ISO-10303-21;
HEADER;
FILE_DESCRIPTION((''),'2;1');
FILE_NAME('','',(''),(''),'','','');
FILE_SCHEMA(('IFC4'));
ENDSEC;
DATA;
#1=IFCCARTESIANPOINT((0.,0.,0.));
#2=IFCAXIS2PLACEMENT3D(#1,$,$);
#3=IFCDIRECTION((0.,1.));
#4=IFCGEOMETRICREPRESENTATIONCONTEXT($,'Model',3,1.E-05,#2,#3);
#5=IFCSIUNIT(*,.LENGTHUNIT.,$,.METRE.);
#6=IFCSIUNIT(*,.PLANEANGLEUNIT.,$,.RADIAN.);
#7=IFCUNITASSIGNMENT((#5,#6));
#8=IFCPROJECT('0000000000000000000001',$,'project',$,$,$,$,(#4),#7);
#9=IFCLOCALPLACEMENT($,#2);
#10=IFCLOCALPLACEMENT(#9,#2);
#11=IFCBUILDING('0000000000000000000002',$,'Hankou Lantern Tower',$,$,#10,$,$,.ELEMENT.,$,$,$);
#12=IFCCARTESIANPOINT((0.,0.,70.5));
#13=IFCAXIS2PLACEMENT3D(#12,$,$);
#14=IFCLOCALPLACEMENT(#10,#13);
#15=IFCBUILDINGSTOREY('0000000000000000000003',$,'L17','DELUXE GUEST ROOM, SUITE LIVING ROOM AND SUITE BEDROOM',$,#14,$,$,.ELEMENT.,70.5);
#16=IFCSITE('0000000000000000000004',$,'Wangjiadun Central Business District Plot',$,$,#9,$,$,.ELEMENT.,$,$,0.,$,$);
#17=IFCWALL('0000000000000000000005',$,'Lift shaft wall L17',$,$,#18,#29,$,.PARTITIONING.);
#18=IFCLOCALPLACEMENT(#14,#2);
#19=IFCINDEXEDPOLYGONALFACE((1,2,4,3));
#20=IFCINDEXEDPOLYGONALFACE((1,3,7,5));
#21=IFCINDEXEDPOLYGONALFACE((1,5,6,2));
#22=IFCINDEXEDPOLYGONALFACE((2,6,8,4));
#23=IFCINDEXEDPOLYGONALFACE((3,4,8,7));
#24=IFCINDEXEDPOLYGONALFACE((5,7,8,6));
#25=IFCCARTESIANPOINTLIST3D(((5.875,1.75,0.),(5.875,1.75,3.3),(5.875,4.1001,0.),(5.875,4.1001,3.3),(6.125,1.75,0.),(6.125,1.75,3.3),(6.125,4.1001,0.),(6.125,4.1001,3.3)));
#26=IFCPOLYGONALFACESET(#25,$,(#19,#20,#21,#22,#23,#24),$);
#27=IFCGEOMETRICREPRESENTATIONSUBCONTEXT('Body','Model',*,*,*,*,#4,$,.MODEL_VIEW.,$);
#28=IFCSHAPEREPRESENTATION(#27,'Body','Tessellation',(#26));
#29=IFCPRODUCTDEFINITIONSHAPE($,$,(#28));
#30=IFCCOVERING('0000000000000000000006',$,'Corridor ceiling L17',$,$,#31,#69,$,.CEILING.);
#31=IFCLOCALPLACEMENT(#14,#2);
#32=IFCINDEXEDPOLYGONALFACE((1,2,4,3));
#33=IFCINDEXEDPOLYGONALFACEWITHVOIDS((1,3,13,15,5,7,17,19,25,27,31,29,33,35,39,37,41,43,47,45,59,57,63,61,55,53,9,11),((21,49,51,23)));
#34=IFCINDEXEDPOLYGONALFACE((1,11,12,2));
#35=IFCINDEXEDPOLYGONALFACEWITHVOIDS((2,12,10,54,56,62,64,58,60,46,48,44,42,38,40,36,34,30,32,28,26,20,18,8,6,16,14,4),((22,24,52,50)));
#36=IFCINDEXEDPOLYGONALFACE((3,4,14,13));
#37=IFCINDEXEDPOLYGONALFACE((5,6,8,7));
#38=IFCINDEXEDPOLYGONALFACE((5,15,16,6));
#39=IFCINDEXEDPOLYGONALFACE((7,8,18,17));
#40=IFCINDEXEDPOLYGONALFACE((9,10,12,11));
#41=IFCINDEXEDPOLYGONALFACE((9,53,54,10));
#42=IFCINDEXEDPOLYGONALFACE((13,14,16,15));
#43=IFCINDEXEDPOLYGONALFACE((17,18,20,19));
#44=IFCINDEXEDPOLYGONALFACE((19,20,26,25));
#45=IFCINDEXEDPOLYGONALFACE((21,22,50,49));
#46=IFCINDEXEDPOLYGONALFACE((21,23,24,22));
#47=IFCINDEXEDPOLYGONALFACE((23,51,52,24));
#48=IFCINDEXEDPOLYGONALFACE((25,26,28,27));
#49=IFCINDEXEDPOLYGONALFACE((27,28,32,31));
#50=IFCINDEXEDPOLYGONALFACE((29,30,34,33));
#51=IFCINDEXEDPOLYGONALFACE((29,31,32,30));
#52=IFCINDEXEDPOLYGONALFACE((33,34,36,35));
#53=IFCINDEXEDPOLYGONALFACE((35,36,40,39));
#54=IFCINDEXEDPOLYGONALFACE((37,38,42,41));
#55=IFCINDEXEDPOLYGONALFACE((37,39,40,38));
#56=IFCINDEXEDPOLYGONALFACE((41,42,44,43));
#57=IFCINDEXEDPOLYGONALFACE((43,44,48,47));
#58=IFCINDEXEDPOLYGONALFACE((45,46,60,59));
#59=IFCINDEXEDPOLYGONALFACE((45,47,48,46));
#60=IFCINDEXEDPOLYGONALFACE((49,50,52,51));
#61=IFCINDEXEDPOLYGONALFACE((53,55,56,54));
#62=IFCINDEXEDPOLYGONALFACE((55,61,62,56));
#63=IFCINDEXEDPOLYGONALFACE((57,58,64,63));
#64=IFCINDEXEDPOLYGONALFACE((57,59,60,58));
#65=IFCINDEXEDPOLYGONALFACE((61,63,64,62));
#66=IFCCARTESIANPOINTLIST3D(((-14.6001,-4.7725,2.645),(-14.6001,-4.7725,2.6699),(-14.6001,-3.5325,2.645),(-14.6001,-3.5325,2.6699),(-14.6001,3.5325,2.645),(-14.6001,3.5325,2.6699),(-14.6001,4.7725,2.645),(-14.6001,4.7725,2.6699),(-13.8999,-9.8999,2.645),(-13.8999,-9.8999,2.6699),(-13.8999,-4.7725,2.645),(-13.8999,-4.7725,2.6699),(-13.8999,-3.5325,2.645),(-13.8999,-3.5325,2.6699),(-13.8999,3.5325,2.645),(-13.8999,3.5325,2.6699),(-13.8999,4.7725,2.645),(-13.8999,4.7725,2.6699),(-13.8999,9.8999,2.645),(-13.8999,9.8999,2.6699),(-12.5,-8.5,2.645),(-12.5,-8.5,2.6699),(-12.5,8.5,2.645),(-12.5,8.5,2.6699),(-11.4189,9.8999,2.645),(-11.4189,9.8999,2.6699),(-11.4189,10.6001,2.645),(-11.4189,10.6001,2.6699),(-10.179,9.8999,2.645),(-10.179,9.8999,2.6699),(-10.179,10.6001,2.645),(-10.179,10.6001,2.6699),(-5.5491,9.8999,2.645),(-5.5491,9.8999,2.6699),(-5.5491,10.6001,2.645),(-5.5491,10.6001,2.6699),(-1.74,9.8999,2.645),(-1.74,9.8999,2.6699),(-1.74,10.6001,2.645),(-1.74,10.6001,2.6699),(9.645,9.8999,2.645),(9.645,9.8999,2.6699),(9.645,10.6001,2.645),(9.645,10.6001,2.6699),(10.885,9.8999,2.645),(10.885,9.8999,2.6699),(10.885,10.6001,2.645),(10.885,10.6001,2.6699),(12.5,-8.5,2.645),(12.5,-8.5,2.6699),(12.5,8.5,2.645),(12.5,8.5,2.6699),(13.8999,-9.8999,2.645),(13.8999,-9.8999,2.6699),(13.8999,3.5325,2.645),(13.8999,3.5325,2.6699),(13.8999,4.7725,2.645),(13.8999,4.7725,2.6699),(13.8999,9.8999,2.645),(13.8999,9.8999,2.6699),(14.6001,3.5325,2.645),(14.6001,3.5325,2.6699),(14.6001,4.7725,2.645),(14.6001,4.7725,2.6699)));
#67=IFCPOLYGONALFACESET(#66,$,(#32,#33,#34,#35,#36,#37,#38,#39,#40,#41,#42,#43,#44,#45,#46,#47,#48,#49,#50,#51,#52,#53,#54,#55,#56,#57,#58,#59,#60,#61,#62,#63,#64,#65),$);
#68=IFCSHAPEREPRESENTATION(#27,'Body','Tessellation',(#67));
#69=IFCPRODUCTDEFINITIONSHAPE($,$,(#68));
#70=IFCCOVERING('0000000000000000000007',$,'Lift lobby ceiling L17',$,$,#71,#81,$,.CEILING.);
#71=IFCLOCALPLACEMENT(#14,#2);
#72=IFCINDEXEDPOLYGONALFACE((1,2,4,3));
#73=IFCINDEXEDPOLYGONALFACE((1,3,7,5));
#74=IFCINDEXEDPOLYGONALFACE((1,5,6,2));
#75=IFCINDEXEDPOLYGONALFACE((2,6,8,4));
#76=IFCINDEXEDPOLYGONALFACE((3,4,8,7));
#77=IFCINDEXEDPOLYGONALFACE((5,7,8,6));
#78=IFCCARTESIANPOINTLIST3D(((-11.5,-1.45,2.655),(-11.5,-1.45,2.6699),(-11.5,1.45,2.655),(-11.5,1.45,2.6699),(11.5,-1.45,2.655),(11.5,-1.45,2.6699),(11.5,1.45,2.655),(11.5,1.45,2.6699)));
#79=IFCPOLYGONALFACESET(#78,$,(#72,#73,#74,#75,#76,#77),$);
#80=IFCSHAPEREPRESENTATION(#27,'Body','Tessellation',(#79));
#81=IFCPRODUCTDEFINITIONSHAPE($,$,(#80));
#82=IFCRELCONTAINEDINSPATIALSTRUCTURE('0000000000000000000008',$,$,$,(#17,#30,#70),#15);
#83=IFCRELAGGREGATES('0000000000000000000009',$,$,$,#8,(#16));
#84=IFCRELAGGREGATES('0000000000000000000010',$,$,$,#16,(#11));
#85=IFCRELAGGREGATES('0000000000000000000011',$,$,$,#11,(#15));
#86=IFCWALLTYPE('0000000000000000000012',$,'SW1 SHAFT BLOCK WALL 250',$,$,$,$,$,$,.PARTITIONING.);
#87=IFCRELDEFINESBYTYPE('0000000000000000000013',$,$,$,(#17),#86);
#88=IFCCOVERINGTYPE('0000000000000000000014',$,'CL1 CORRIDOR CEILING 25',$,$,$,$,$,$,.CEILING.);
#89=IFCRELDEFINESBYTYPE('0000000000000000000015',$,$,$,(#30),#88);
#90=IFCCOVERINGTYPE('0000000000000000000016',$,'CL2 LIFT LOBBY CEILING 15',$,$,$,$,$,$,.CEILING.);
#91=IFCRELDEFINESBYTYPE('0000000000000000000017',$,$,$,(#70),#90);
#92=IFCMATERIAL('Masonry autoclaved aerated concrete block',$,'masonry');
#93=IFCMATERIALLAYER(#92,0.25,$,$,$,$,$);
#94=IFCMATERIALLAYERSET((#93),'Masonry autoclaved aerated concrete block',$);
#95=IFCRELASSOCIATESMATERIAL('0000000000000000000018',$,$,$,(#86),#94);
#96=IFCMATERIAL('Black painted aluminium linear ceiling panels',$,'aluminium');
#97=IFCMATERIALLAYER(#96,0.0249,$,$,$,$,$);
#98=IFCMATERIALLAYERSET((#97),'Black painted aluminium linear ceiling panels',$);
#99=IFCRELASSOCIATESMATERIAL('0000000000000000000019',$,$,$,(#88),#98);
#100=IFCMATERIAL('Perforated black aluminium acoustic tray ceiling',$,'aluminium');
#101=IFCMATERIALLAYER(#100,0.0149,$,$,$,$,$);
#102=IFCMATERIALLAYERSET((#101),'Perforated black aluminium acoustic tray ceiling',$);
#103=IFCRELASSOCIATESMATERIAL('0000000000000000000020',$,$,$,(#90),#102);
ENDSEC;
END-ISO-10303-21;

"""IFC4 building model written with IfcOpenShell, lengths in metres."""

from ifc_helpers import new_model, si_unit, direction, frame, frame_2d, origin, place, context, subcontext, project, spatial, polyline, rectangle, outline, extrude, material, layer, layer_set, type_object, element, save


model = new_model("IFC4")

# Units and contexts
model_context = context("Model", 3, precision=1e-05, world=origin(), true_north=direction((0.0, 1.0)))
body_context = subcontext(model_context, "Body", "Model", "MODEL_VIEW")
ifc_project = project(units=[si_unit("LENGTHUNIT", "METRE"), si_unit("PLANEANGLEUNIT", "RADIAN")], contexts=[model_context])

# Site, building, storey
site_placement = place(None, origin())
site = spatial("IfcSite", under=ifc_project, at=site_placement, Name="Wangjiadun Central Business District Plot", CompositionType="ELEMENT", RefElevation=0.0)
building_placement = place(site_placement, origin())
building = spatial("IfcBuilding", under=site, at=building_placement, Name="Hankou Lantern Tower", CompositionType="ELEMENT")
storey_placement = place(building_placement, frame((0.0, 0.0, 70.5)))
storey = spatial("IfcBuildingStorey", under=building, at=storey_placement, Name="L17", Description="DELUXE GUEST ROOM, SUITE LIVING ROOM AND SUITE BEDROOM", CompositionType="ELEMENT", Elevation=70.5)

# Wall
ifc_material_1 = material(Name="Masonry autoclaved aerated concrete block", Category="masonry")
ifc_layer_1 = layer(ifc_material_1, 0.25)
ifc_layer_set_1 = layer_set([ifc_layer_1], Name="Masonry autoclaved aerated concrete block")
wall_type_1 = type_object("IfcWallType", Name="SW1 SHAFT BLOCK WALL 250", PredefinedType="PARTITIONING", material=ifc_layer_set_1)
for number, where, z_axis, x_axis, name in (
    (1, (6.0, 1.75, 0.0), (0.0, 0.0, 1.0), (0.0, 1.0, 0.0), "Lift shaft wall L17"),
):
    element("IfcWall", number, at=place(storey_placement, frame(where, z_axis=z_axis, x_axis=x_axis)), inside=storey, type_object=wall_type_1, Name=name, PredefinedType="PARTITIONING", context=body_context, shape_type="SweptSolid", body=[
        extrude(rectangle(XDim=2.3501, YDim=0.25, at=frame_2d((1.175, 0.0))), origin(), (0.0, 0.0, 1.0), 3.3),
    ])

# Coverings
ifc_material_2 = material(Name="Black painted aluminium linear ceiling panels", Category="aluminium")
ifc_layer_2 = layer(ifc_material_2, 0.0249)
ifc_layer_set_2 = layer_set([ifc_layer_2], Name="Black painted aluminium linear ceiling panels")
covering_type_1 = type_object("IfcCoveringType", Name="CL1 CORRIDOR CEILING 25", PredefinedType="CEILING", material=ifc_layer_set_2)
covering_1_placement = place(storey_placement, frame((0.0, 0.0, 2.645)))
element("IfcCovering", 2, at=covering_1_placement, inside=storey, type_object=covering_type_1, Name="Corridor ceiling L17", PredefinedType="CEILING", context=body_context, shape_type="SweptSolid", body=[
    extrude(outline(polyline([(-14.6001, -4.7725), (-13.8999, -4.7725), (-13.8999, -9.8999), (13.8999, -9.8999), (13.8999, 3.5325), (14.6001, 3.5325), (14.6001, 4.7725), (13.8999, 4.7725), (13.8999, 9.8999), (10.885, 9.8999), (10.885, 10.6001), (9.645, 10.6001), (9.645, 9.8999), (-1.74, 9.8999), (-1.74, 10.6001), (-5.5491, 10.6001), (-5.5491, 9.8999), (-10.179, 9.8999), (-10.179, 10.6001), (-11.4189, 10.6001), (-11.4189, 9.8999), (-13.8999, 9.8999), (-13.8999, 4.7725), (-14.6001, 4.7725), (-14.6001, 3.5325), (-13.8999, 3.5325), (-13.8999, -3.5325), (-14.6001, -3.5325), (-14.6001, -4.7725)]), holes=[polyline([(-12.5, 8.5), (12.5, 8.5), (12.5, -8.5), (-12.5, -8.5), (-12.5, 8.5)])]), origin(), (0.0, 0.0, 1.0), 0.0249),
])
ifc_material_3 = material(Name="Perforated black aluminium acoustic tray ceiling", Category="aluminium")
ifc_layer_3 = layer(ifc_material_3, 0.0149)
ifc_layer_set_3 = layer_set([ifc_layer_3], Name="Perforated black aluminium acoustic tray ceiling")
covering_type_2 = type_object("IfcCoveringType", Name="CL2 LIFT LOBBY CEILING 15", PredefinedType="CEILING", material=ifc_layer_set_3)
covering_2_placement = place(storey_placement, frame((0.0, 0.0, 2.655)))
element("IfcCovering", 3, at=covering_2_placement, inside=storey, type_object=covering_type_2, Name="Lift lobby ceiling L17", PredefinedType="CEILING", context=body_context, shape_type="SweptSolid", body=[
    extrude(outline(polyline([(-11.5, -1.45), (11.5, -1.45), (11.5, 1.45), (-11.5, 1.45), (-11.5, -1.45)])), origin(), (0.0, 0.0, 1.0), 0.0149),
])

save(model, "model.ifc")
